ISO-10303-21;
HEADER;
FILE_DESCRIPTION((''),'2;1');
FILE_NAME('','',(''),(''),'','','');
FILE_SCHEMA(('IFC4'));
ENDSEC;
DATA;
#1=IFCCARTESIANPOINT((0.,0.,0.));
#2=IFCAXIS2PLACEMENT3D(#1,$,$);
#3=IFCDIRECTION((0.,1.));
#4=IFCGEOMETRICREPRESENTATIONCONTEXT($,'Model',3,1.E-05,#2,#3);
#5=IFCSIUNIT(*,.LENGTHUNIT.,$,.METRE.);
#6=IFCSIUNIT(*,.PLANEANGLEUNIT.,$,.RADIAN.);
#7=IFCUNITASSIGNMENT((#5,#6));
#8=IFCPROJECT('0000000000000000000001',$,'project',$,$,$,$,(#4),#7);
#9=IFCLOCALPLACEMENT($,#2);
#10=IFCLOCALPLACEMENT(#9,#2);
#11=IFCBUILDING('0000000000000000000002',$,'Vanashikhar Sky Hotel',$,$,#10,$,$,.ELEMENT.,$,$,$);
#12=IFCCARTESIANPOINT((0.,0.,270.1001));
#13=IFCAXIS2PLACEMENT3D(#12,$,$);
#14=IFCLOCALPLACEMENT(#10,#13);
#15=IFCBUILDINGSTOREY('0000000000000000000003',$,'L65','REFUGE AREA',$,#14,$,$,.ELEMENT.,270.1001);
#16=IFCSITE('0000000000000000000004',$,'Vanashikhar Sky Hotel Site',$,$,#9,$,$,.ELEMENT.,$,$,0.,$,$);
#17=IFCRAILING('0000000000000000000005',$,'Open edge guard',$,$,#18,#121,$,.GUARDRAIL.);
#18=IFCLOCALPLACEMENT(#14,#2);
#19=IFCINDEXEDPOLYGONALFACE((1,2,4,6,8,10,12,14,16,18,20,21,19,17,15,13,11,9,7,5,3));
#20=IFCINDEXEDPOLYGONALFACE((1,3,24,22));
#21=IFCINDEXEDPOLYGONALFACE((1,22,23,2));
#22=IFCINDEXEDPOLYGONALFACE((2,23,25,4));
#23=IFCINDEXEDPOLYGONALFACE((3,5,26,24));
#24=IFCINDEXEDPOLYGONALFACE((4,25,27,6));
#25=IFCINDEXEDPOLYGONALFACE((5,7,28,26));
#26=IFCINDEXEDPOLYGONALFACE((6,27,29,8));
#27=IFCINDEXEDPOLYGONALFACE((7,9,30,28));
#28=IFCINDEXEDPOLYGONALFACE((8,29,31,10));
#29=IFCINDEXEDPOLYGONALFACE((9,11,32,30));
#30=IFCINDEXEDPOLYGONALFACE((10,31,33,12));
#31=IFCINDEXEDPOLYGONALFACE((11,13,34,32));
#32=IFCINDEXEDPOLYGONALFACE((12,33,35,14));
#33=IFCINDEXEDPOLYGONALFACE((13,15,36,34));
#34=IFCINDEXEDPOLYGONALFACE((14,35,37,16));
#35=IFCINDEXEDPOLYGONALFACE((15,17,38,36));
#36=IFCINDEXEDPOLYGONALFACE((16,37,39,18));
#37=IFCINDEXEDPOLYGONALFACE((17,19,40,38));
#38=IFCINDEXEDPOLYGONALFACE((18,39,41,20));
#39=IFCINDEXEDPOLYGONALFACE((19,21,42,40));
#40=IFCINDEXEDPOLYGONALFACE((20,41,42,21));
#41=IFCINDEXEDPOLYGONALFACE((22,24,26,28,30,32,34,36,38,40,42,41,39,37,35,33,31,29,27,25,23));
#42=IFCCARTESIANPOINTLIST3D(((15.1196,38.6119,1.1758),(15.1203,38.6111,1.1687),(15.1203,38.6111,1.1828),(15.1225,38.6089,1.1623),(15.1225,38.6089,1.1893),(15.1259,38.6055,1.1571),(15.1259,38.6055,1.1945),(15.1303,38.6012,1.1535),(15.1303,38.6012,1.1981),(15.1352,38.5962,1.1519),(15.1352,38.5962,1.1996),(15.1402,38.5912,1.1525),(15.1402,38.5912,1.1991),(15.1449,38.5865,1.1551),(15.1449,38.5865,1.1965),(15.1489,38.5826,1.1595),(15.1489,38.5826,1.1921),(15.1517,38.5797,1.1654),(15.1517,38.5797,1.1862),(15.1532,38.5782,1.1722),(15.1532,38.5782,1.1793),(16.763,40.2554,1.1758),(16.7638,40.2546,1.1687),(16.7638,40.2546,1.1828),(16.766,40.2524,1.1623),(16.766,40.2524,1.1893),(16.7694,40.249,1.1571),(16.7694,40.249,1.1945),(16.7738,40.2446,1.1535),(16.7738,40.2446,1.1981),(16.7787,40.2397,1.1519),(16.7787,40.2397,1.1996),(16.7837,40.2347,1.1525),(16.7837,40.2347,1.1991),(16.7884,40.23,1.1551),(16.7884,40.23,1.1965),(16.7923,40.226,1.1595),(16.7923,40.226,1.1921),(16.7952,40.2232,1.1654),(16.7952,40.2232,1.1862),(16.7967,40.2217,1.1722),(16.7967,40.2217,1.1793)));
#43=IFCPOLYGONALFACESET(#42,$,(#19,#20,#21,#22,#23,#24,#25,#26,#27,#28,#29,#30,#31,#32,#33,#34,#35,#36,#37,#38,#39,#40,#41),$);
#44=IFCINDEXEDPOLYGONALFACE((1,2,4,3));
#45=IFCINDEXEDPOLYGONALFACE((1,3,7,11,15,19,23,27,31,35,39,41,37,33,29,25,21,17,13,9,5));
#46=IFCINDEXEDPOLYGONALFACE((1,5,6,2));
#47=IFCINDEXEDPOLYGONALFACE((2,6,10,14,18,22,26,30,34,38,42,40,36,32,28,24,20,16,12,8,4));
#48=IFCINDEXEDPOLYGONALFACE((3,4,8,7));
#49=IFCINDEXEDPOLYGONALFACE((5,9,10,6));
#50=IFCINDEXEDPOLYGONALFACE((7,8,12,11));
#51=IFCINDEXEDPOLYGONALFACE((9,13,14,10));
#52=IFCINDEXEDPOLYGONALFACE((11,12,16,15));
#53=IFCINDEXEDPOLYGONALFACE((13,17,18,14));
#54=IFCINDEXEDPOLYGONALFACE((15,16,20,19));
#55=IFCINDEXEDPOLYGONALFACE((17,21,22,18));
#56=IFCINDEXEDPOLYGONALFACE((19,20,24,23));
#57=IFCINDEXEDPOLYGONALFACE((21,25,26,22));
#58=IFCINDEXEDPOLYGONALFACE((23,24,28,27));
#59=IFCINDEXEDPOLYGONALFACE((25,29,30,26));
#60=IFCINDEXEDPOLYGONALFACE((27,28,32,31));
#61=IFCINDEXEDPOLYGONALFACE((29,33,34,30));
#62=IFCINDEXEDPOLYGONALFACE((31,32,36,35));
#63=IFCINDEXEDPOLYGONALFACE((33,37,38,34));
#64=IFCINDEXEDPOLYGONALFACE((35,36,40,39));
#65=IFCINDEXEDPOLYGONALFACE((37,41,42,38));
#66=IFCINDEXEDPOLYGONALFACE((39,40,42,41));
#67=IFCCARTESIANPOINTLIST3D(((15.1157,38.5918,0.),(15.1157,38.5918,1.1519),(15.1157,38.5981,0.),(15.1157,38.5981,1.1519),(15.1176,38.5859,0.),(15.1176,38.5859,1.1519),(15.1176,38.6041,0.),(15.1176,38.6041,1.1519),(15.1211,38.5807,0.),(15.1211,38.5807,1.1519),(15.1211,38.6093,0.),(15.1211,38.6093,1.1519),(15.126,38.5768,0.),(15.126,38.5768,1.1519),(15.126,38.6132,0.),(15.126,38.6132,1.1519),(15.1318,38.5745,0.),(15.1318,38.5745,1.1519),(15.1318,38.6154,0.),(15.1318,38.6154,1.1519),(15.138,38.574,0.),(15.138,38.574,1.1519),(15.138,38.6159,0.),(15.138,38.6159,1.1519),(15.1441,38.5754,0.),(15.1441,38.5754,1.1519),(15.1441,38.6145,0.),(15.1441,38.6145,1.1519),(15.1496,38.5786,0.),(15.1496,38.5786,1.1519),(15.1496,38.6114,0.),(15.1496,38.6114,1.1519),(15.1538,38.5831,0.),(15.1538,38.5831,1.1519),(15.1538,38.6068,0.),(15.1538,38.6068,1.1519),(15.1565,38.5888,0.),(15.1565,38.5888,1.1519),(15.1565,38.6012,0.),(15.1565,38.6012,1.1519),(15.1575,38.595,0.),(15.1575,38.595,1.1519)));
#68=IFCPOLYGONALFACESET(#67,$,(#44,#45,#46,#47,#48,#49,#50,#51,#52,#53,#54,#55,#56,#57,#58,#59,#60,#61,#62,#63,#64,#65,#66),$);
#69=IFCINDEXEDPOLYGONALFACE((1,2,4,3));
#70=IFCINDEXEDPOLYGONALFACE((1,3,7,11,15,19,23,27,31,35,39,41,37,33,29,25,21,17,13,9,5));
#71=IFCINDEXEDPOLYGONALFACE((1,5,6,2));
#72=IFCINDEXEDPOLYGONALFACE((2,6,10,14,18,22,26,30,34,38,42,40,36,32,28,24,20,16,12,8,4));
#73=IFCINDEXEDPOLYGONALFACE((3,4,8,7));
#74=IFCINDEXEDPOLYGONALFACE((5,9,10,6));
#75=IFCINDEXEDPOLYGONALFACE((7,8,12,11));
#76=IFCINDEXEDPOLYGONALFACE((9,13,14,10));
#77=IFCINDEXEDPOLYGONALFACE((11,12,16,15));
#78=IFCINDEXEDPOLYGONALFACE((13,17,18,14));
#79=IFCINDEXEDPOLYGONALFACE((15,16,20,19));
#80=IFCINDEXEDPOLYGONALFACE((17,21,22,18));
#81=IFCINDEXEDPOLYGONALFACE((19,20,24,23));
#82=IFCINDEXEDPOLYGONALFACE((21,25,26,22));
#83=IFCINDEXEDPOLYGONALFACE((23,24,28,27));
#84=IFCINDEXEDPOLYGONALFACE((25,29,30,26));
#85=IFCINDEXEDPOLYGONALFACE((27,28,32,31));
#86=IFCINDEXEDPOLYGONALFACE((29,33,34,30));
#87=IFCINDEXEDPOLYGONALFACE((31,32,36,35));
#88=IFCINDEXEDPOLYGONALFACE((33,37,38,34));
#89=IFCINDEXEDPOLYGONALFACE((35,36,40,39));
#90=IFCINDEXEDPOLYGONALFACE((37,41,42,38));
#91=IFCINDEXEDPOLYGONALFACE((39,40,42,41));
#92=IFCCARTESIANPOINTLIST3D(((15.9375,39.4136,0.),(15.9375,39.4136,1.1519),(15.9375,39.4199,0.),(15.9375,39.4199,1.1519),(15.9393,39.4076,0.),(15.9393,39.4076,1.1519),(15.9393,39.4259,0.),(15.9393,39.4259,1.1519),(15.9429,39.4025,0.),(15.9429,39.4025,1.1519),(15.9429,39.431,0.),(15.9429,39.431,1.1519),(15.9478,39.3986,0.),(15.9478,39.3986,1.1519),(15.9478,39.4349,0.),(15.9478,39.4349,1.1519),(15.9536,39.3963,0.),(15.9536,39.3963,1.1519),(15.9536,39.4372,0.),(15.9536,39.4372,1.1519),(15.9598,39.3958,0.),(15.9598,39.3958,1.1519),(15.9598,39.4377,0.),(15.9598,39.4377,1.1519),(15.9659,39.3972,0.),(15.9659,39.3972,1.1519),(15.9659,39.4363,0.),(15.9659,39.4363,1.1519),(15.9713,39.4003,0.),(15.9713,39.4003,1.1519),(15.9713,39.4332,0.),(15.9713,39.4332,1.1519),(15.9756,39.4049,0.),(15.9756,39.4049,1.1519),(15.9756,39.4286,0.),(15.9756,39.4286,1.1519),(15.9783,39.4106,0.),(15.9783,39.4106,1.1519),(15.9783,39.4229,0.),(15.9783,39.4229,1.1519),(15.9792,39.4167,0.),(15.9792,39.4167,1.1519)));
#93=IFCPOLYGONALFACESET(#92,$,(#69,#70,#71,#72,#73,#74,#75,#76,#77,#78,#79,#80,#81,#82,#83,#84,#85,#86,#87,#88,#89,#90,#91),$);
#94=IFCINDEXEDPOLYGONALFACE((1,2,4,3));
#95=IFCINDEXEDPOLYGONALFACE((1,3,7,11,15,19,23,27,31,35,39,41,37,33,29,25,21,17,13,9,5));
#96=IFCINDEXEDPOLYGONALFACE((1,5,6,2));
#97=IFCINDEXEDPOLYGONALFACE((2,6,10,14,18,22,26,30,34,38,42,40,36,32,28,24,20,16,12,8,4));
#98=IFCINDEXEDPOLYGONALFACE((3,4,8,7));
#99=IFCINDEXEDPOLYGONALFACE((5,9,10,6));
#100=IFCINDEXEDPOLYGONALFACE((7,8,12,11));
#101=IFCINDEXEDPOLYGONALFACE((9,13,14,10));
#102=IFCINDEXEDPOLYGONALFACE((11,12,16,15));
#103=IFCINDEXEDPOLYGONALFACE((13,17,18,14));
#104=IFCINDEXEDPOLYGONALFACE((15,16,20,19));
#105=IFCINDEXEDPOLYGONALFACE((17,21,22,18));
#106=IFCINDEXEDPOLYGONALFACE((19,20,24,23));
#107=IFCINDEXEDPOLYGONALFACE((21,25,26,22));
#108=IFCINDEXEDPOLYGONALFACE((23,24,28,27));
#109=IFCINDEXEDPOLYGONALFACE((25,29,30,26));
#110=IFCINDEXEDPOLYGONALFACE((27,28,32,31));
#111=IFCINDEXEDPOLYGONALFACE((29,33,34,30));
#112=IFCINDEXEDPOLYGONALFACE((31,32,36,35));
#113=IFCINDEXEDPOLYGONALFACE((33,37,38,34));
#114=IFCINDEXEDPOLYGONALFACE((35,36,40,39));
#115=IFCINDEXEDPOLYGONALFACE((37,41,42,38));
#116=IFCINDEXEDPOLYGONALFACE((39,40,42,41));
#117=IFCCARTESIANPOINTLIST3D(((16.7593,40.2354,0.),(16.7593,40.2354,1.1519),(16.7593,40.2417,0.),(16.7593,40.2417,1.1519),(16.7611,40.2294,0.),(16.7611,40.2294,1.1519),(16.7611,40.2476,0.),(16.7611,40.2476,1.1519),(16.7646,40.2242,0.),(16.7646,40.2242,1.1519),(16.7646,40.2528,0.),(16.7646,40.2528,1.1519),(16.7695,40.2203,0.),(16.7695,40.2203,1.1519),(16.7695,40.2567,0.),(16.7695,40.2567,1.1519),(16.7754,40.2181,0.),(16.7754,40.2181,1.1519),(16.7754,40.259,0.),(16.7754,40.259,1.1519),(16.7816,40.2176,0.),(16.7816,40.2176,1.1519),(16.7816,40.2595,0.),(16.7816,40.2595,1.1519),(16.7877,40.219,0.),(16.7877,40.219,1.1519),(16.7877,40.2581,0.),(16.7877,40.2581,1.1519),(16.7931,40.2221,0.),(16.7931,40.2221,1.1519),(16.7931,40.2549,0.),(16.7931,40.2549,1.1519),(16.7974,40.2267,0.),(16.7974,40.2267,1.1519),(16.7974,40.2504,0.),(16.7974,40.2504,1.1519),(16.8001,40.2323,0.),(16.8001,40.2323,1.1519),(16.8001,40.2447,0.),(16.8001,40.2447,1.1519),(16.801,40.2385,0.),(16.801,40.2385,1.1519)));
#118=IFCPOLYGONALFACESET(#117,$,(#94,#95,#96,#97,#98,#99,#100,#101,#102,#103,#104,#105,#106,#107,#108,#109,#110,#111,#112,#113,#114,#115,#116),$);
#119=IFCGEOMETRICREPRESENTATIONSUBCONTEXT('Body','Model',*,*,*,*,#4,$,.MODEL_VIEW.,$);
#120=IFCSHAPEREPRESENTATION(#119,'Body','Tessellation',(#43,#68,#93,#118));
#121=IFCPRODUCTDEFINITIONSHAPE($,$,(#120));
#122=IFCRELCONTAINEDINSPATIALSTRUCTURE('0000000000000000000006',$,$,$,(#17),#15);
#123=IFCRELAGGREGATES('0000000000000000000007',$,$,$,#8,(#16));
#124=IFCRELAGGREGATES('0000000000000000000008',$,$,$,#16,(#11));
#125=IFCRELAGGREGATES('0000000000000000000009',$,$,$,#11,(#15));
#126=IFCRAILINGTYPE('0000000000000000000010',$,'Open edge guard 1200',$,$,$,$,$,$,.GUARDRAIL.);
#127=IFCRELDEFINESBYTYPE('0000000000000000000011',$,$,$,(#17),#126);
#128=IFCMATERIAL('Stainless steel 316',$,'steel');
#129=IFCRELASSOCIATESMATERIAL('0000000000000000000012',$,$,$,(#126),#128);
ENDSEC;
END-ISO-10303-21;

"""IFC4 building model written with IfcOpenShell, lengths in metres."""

from ifc_helpers import new_model, si_unit, direction, frame, origin, origin_2d, place, context, subcontext, project, spatial, circle, extrude, source, transform, mapped, material, type_object, element, save


model = new_model("IFC4")

# Units and contexts
model_context = context("Model", 3, precision=1e-05, world=origin(), true_north=direction((0.0, 1.0)))
body_context = subcontext(model_context, "Body", "Model", "MODEL_VIEW")
ifc_project = project(units=[si_unit("LENGTHUNIT", "METRE"), si_unit("PLANEANGLEUNIT", "RADIAN")], contexts=[model_context])

# Site, building, storey
site_placement = place(None, origin())
site = spatial("IfcSite", under=ifc_project, at=site_placement, Name="Vanashikhar Sky Hotel Site", CompositionType="ELEMENT", RefElevation=0.0)
building_placement = place(site_placement, origin())
building = spatial("IfcBuilding", under=site, at=building_placement, Name="Vanashikhar Sky Hotel", CompositionType="ELEMENT")
storey_placement = place(building_placement, frame((0.0, 0.0, 270.1001)))
storey = spatial("IfcBuildingStorey", under=building, at=storey_placement, Name="L65", Description="REFUGE AREA", CompositionType="ELEMENT", Elevation=270.1001)

# Shared definitions
ifc_material_1 = material(Name="Stainless steel 316", Category="steel")
railing_type = type_object("IfcRailingType", Name="Open edge guard 1200", PredefinedType="GUARDRAIL", material=ifc_material_1)

# Railing
shared_shape_1 = source(origin(), body_context, "Body", "SweptSolid", [
    extrude(circle(Radius=0.0239, at=origin_2d()), frame((0.0, 0.0, 1.1758), z_axis=(0.707107, 0.707107, 0.0), x_axis=(-0.707107, 0.707107, 0.0)), (0.0, 0.0, 1.0), 2.3242),
    extrude(circle(Radius=0.021, at=origin_2d()), origin(), (0.0, 0.0, 1.0), 1.1519),
    extrude(circle(Radius=0.021, at=origin_2d()), frame((0.8218, 0.8218, 0.0)), (0.0, 0.0, 1.0), 1.1519),
    extrude(circle(Radius=0.021, at=origin_2d()), frame((1.6436, 1.6436, 0.0)), (0.0, 0.0, 1.0), 1.1519),
])
railing_1_placement = place(storey_placement, frame((15.1365, 38.595, 0.0)))
element("IfcRailing", 1, at=railing_1_placement, inside=storey, type_object=railing_type, Name="Open edge guard", PredefinedType="GUARDRAIL", context=body_context, shape_type="MappedRepresentation", body=[
    mapped(shared_shape_1, transform((0.0, 0.0, 0.0), scale=1.0)),
])

save(model, "model.ifc")
